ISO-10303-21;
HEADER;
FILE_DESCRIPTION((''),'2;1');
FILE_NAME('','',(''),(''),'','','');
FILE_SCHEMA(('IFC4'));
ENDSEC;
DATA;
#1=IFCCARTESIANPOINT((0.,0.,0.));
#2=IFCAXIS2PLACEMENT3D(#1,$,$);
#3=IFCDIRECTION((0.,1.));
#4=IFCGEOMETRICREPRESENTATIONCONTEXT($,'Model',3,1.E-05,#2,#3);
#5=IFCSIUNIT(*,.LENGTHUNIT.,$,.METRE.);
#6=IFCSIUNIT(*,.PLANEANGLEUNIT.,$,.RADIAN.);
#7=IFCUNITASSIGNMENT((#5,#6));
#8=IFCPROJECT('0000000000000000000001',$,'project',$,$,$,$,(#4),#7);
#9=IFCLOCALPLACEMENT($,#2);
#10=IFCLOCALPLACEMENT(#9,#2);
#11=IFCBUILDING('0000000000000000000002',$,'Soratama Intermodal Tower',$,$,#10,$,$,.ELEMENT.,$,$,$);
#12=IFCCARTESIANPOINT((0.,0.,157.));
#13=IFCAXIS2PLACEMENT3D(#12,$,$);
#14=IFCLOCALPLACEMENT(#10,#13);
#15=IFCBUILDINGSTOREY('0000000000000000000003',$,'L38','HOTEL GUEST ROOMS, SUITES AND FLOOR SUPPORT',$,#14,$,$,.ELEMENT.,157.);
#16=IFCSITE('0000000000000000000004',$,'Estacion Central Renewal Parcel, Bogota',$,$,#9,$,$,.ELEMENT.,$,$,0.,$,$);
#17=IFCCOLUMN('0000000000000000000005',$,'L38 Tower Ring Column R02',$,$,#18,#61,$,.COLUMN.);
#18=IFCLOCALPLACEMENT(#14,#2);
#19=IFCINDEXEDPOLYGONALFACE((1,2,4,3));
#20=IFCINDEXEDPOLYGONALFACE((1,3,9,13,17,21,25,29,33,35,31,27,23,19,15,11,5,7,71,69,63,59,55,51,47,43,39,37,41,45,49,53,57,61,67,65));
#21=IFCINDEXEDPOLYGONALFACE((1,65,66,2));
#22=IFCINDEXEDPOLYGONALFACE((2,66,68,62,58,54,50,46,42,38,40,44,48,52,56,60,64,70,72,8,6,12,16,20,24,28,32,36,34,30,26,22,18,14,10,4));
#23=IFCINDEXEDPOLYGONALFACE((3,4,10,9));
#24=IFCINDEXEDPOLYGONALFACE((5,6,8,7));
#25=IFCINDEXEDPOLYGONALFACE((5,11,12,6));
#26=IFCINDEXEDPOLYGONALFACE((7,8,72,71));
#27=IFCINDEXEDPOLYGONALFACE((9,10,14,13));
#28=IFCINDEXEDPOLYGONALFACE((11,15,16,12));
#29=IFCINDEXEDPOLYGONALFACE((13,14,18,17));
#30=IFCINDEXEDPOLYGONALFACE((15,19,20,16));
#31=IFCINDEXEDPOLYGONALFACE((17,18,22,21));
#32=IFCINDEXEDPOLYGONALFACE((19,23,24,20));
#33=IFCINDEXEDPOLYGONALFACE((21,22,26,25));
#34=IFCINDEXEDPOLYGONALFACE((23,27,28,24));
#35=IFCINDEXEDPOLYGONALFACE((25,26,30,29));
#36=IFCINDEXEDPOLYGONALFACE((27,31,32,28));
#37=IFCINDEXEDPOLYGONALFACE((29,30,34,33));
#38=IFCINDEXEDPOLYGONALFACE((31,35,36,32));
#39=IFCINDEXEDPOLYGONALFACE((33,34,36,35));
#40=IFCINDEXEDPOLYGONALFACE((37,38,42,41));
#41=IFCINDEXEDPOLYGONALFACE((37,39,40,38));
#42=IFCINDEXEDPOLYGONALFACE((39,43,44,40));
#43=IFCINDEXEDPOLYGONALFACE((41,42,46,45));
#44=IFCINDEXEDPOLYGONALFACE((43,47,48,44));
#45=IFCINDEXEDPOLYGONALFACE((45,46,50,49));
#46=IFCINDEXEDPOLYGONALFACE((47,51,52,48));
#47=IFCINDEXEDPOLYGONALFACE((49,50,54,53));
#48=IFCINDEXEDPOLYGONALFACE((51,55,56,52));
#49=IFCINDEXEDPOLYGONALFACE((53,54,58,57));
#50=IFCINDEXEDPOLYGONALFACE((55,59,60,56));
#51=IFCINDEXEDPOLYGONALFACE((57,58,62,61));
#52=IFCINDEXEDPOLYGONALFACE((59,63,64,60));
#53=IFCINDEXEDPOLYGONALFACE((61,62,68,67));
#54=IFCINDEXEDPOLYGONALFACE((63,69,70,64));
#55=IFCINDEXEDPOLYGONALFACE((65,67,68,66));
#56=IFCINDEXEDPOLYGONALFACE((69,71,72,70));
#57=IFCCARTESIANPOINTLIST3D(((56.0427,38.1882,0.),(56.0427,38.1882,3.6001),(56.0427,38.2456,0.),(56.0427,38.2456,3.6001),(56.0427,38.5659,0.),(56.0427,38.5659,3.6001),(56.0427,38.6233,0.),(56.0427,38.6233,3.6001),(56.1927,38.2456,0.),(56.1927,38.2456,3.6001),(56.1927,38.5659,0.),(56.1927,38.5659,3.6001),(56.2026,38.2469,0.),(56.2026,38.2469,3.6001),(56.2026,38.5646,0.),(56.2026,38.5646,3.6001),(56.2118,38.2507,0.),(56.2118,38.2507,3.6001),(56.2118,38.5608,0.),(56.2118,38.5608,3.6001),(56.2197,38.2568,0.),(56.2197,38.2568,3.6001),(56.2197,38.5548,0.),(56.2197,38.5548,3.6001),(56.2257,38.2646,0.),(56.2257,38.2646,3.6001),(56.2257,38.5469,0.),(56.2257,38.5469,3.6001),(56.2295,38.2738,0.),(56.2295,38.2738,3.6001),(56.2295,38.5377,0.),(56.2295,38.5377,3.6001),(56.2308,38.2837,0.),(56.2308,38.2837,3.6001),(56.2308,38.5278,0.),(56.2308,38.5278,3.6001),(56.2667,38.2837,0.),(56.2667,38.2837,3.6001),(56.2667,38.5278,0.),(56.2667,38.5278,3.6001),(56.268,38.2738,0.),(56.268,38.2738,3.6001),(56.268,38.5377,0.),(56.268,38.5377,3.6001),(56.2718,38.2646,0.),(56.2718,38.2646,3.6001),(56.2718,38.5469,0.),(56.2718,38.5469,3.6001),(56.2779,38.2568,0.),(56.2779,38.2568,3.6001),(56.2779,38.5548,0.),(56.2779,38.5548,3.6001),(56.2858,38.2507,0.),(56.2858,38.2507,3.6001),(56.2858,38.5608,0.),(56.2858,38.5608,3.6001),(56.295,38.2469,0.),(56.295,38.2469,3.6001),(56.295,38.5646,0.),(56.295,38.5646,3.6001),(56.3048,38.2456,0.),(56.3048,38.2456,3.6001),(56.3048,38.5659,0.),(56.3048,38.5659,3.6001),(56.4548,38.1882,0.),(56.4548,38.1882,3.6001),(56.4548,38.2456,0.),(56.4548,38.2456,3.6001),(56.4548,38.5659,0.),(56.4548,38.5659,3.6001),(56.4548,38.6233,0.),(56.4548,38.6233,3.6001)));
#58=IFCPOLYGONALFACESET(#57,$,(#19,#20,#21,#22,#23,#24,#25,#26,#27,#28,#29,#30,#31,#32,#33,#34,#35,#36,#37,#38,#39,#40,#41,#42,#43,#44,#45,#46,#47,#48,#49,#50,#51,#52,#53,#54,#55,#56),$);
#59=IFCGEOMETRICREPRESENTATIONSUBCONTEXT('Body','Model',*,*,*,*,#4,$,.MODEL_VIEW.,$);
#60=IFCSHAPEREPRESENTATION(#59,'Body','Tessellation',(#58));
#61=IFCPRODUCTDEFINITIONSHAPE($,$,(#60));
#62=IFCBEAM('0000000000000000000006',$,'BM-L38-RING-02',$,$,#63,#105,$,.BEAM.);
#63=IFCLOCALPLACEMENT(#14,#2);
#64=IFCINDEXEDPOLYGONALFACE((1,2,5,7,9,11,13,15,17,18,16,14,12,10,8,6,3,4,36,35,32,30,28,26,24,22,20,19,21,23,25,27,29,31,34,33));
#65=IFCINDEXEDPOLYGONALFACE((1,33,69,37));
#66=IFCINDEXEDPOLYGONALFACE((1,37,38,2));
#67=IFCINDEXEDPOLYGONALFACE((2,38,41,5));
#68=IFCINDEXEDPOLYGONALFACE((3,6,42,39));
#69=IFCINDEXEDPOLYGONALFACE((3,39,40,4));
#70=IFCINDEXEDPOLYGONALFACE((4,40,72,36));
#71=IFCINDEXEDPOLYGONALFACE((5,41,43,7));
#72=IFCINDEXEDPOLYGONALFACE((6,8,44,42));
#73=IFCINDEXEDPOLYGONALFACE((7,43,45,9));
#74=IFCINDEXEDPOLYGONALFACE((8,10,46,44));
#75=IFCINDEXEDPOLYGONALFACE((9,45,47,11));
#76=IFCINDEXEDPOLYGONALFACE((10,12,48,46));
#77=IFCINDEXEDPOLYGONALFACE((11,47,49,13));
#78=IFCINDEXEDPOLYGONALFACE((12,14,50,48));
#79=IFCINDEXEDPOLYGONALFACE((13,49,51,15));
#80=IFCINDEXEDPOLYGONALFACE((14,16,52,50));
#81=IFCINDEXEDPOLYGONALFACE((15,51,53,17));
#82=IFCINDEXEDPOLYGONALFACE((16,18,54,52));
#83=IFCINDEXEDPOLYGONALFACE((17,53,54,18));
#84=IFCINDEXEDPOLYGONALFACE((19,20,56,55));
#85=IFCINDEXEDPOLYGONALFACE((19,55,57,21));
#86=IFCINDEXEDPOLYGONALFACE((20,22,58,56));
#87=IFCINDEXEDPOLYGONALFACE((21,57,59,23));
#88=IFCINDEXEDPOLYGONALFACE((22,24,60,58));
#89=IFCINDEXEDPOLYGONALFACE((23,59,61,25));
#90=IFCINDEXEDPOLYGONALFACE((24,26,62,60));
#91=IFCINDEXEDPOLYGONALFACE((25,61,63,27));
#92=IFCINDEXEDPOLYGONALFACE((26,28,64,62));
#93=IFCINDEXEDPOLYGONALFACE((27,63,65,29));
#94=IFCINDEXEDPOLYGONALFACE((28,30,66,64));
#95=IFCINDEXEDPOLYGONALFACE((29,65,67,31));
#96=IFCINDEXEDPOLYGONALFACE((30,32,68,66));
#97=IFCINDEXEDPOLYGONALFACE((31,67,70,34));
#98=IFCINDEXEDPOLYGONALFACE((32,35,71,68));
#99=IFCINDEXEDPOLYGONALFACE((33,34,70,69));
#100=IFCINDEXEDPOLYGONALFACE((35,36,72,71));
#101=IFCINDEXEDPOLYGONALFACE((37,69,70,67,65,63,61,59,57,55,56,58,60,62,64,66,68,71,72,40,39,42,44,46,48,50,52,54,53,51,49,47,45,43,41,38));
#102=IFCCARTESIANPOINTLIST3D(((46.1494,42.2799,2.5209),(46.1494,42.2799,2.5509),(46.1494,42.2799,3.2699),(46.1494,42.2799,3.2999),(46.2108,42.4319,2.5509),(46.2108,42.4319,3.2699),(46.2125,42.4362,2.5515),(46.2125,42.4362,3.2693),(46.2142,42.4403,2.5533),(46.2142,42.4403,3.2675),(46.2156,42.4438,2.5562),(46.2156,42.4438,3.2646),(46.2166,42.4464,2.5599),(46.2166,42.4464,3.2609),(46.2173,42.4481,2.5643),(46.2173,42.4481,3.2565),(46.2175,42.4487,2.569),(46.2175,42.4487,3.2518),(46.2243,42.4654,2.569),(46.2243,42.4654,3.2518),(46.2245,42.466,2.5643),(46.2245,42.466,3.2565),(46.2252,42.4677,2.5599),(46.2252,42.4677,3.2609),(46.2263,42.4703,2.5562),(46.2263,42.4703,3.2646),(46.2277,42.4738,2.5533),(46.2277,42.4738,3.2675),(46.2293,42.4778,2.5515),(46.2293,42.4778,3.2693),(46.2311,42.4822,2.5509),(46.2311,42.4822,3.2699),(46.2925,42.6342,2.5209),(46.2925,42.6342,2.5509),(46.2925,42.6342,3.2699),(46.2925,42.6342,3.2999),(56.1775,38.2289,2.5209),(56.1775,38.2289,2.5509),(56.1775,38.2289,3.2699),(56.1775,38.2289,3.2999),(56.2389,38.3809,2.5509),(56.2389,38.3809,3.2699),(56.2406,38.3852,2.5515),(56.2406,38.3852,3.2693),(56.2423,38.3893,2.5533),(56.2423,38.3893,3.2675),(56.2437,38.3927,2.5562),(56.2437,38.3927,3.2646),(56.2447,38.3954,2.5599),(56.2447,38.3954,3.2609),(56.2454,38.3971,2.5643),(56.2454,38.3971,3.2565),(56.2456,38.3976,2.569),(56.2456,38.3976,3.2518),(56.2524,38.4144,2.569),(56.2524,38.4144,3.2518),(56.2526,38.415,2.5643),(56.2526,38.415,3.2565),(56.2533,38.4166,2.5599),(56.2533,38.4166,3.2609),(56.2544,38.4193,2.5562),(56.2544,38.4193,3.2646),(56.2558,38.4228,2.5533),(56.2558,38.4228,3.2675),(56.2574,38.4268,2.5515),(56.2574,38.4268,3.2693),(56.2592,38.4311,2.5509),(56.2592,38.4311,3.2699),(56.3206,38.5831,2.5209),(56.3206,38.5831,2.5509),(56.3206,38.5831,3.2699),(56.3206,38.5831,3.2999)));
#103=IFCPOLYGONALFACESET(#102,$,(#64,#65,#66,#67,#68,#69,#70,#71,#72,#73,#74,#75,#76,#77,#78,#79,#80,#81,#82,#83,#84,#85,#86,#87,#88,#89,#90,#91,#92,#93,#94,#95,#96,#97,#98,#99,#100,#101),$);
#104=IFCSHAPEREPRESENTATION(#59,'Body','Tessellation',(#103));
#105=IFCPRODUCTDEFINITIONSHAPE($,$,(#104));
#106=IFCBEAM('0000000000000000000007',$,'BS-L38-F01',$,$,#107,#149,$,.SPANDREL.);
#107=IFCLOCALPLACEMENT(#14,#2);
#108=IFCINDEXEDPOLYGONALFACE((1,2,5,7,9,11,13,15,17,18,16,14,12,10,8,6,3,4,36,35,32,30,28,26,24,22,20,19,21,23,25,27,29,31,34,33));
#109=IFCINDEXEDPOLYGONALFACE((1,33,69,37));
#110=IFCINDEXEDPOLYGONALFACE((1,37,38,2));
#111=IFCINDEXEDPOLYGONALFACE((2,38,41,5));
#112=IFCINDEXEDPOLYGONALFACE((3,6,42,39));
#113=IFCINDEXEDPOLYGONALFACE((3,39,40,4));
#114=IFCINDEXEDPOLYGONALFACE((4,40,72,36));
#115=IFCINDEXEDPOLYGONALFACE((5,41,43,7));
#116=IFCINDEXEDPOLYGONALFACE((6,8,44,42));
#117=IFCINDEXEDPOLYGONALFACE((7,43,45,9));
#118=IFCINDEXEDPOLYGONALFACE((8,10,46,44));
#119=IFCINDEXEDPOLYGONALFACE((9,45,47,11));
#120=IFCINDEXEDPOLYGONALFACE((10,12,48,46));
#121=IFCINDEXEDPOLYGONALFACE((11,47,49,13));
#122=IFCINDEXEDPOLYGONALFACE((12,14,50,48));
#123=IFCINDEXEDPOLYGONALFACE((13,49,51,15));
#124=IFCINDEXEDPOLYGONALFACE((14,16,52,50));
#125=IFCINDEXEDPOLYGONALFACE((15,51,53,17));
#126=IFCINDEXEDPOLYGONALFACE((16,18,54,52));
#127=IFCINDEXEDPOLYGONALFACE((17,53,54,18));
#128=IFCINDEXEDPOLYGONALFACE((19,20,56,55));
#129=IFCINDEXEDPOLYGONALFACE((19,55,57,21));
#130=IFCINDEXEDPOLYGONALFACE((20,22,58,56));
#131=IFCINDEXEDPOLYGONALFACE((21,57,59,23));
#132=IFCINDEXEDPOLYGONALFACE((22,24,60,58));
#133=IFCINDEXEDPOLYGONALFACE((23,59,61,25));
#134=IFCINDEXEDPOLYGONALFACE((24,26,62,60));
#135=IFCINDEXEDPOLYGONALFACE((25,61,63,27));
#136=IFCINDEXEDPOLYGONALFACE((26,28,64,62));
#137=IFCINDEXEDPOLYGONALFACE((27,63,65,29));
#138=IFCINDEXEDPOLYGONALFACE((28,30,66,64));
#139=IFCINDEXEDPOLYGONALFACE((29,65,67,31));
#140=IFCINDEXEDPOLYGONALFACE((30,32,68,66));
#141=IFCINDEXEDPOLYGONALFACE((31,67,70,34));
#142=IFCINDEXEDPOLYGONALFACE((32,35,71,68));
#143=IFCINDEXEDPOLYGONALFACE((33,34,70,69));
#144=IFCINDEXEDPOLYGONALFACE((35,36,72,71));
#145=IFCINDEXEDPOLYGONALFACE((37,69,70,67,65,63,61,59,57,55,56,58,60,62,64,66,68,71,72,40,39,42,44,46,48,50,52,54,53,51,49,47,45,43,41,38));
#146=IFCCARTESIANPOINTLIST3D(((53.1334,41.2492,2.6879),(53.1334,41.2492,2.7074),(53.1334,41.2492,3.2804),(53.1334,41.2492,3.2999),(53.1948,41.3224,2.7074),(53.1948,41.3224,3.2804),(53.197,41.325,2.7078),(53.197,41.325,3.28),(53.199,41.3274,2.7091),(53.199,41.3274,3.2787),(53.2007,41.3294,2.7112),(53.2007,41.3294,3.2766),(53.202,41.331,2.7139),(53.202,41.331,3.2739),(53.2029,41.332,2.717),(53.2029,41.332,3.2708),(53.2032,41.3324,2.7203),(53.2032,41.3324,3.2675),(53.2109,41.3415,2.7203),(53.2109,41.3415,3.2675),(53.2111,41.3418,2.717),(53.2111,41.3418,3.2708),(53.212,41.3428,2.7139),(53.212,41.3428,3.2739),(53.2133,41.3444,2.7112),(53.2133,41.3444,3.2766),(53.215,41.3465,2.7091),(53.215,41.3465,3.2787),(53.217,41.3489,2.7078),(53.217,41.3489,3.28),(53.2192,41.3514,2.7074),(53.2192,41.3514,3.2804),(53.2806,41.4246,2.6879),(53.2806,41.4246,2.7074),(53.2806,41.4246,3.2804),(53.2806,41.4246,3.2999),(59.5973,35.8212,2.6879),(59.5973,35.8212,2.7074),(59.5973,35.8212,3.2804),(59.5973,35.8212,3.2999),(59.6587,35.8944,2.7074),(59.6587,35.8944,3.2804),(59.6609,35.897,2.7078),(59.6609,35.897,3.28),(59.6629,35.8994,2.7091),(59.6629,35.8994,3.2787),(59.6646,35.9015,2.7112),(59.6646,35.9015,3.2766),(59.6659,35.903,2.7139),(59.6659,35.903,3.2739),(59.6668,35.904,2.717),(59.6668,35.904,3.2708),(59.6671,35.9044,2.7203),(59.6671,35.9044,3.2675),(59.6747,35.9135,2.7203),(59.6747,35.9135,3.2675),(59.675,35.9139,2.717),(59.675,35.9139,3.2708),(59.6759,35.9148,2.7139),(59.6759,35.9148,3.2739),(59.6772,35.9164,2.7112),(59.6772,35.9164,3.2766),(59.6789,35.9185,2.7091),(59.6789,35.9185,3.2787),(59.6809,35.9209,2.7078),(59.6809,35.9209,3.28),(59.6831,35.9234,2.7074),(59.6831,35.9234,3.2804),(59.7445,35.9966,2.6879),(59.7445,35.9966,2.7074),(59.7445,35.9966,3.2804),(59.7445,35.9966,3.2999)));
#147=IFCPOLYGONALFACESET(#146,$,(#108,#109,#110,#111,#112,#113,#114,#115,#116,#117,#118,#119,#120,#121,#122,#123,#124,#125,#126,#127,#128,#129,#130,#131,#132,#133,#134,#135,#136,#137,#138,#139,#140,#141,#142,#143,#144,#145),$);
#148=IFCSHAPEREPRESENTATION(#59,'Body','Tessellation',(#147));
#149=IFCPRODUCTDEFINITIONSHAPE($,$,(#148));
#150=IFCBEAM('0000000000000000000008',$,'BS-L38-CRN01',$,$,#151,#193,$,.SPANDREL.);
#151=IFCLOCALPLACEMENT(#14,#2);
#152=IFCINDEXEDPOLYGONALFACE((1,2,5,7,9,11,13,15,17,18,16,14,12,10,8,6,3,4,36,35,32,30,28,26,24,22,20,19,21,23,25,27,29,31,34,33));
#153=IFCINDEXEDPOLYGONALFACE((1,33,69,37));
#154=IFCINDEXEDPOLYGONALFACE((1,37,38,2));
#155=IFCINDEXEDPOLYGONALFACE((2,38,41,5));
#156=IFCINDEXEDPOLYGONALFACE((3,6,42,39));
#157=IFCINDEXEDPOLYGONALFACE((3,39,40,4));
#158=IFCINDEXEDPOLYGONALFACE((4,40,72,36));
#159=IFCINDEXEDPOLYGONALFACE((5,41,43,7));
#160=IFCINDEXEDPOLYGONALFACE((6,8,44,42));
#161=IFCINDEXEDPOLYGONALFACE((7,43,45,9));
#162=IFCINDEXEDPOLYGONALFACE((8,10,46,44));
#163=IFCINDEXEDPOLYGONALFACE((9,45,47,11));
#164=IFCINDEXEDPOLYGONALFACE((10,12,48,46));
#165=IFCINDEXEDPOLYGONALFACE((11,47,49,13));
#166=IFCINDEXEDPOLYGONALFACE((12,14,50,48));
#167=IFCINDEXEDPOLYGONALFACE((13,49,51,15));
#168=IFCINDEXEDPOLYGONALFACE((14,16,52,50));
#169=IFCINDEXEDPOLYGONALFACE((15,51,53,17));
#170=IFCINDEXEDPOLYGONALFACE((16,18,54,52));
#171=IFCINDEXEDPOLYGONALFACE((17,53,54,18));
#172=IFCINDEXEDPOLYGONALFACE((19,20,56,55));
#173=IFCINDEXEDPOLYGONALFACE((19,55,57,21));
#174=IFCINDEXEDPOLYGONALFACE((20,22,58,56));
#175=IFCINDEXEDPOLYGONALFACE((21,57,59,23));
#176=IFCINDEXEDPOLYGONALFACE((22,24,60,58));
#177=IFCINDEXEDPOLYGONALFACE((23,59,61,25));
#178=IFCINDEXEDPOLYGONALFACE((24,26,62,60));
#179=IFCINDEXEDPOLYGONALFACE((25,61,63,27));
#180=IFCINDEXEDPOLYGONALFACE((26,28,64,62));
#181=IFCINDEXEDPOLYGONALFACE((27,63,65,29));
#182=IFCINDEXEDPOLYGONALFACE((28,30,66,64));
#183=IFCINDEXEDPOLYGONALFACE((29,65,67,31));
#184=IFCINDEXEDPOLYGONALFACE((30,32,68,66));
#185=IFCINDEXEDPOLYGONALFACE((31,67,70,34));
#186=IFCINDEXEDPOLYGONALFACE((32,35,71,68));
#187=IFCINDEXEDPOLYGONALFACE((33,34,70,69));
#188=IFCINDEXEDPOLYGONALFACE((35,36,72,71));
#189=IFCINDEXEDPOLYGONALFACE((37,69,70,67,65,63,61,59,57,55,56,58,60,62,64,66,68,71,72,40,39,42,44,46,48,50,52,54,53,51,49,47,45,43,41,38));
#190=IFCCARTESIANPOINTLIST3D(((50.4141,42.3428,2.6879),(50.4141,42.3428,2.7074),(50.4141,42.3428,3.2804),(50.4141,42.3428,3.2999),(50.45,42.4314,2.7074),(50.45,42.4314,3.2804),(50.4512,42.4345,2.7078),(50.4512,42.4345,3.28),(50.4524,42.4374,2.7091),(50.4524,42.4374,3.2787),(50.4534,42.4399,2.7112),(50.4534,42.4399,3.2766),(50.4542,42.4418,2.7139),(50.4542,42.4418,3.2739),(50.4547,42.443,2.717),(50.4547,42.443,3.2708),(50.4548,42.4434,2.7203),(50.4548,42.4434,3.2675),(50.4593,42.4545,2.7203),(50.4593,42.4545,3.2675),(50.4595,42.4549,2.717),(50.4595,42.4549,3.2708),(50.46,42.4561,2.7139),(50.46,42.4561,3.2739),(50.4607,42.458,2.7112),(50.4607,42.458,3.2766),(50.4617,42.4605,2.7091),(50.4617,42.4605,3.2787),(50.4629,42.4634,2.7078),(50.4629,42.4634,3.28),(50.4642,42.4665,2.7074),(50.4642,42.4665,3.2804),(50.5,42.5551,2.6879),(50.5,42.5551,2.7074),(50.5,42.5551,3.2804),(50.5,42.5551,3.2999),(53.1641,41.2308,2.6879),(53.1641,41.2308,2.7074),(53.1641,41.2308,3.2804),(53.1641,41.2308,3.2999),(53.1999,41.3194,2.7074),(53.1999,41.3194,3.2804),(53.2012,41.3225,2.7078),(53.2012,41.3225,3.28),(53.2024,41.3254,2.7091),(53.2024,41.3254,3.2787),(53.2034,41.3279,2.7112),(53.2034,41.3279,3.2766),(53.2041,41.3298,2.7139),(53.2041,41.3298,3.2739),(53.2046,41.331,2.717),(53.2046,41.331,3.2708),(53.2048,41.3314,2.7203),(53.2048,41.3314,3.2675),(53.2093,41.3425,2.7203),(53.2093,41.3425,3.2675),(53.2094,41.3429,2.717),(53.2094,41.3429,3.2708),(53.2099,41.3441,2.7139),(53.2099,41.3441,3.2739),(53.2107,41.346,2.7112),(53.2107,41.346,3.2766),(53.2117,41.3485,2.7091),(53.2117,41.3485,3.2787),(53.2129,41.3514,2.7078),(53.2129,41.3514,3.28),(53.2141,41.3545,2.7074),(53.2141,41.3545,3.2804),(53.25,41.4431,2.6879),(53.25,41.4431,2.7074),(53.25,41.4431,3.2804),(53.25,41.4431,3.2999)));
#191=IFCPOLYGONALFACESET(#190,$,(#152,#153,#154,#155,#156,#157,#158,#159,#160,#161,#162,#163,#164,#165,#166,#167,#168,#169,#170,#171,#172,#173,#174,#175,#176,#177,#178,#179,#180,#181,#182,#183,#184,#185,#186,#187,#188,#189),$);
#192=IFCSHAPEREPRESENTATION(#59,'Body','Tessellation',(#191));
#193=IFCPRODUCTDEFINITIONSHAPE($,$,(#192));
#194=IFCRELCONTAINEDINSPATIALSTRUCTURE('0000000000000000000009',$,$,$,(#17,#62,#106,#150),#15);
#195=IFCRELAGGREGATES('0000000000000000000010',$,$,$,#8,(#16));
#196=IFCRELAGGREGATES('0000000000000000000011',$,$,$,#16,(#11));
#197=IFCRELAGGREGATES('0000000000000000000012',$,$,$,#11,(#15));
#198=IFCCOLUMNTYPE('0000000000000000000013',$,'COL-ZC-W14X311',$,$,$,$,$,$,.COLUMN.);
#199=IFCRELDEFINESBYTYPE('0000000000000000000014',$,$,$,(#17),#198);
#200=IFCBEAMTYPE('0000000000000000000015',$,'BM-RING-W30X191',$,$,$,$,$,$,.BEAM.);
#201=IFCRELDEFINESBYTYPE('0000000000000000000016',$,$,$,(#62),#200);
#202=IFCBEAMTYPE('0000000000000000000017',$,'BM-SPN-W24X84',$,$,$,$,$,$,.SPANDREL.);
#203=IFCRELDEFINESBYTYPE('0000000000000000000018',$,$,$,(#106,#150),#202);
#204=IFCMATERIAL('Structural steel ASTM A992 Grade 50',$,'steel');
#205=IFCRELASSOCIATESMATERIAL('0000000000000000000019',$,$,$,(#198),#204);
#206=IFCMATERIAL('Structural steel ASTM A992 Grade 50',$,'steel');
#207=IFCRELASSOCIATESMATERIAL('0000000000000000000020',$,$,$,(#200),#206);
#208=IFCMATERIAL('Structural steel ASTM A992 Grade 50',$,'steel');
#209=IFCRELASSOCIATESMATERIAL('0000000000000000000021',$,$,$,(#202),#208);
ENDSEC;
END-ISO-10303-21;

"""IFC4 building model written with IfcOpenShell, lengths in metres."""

from ifc_helpers import new_model, si_unit, direction, frame, origin, origin_2d, place, context, subcontext, project, spatial, i_section, extrude, material, material_profile, profile_set, type_object, element, save


model = new_model("IFC4")

# Units and contexts
model_context = context("Model", 3, precision=1e-05, world=origin(), true_north=direction((0.0, 1.0)))
body_context = subcontext(model_context, "Body", "Model", "MODEL_VIEW")
ifc_project = project(units=[si_unit("LENGTHUNIT", "METRE"), si_unit("PLANEANGLEUNIT", "RADIAN")], contexts=[model_context])

# Site, building, storey
site_placement = place(None, origin())
site = spatial("IfcSite", under=ifc_project, at=site_placement, Name="Estacion Central Renewal Parcel, Bogota", CompositionType="ELEMENT", RefElevation=0.0)
building_placement = place(site_placement, origin())
building = spatial("IfcBuilding", under=site, at=building_placement, Name="Soratama Intermodal Tower", CompositionType="ELEMENT")
storey_placement = place(building_placement, frame((0.0, 0.0, 157.0)))
storey = spatial("IfcBuildingStorey", under=building, at=storey_placement, Name="L38", Description="HOTEL GUEST ROOMS, SUITES AND FLOOR SUPPORT", CompositionType="ELEMENT", Elevation=157.0)

# Column
ifc_material_1 = material(Name="Structural steel ASTM A992 Grade 50", Category="steel")
ifc_material_profile_1 = material_profile(ifc_material_1, i_section(OverallWidth=0.4121, OverallDepth=0.4351, WebThickness=0.0359, FlangeThickness=0.0574, FilletRadius=0.0381, at=origin_2d()), Name="W14X311")
ifc_profile_set_1 = profile_set([ifc_material_profile_1], Name="Structural steel ASTM A992 Grade 50")
column_type = type_object("IfcColumnType", Name="COL-ZC-W14X311", PredefinedType="COLUMN", material=ifc_profile_set_1)
column_placement = place(storey_placement, frame((56.2488, 38.4058, 0.0), z_axis=(0.0, 0.0, 1.0), x_axis=(1.0, 0.0, 0.0)))
element("IfcColumn", 1, at=column_placement, inside=storey, type_object=column_type, Name="L38 Tower Ring Column R02", PredefinedType="COLUMN", context=body_context, shape_type="SweptSolid", body=[
    extrude(i_section(OverallWidth=0.4121, OverallDepth=0.4351, WebThickness=0.0359, FlangeThickness=0.0574, FilletRadius=0.0381, at=origin_2d()), origin(), (0.0, 0.0, 1.0), 3.6001),
])

# Beams
ifc_material_2 = material(Name="Structural steel ASTM A992 Grade 50", Category="steel")
ifc_material_profile_2 = material_profile(ifc_material_2, i_section(OverallWidth=0.3821, OverallDepth=0.7791, WebThickness=0.0181, FlangeThickness=0.03, FilletRadius=0.0181, at=origin_2d()), Name="W30X191")
ifc_profile_set_2 = profile_set([ifc_material_profile_2], Name="Structural steel ASTM A992 Grade 50")
beam_type_1 = type_object("IfcBeamType", Name="BM-RING-W30X191", PredefinedType="BEAM", material=ifc_profile_set_2)
beam_1_placement = place(storey_placement, frame((56.249, 38.406, 2.9104), z_axis=(-0.927202, 0.37456, 0.0), x_axis=(-0.37456, -0.927202, 0.0)))
element("IfcBeam", 2, at=beam_1_placement, inside=storey, type_object=beam_type_1, Name="BM-L38-RING-02", PredefinedType="BEAM", context=body_context, shape_type="SweptSolid", body=[
    extrude(i_section(OverallWidth=0.3821, OverallDepth=0.7791, WebThickness=0.0181, FlangeThickness=0.03, FilletRadius=0.0181, at=origin_2d()), origin(), (0.0, 0.0, 1.0), 10.8154),
])
ifc_material_3 = material(Name="Structural steel ASTM A992 Grade 50", Category="steel")
ifc_material_profile_3 = material_profile(ifc_material_3, i_section(OverallWidth=0.229, OverallDepth=0.6121, WebThickness=0.012, FlangeThickness=0.0195, FilletRadius=0.0129, at=origin_2d()), Name="W24X84")
ifc_profile_set_3 = profile_set([ifc_material_profile_3], Name="Structural steel ASTM A992 Grade 50")
beam_type_2 = type_object("IfcBeamType", Name="BM-SPN-W24X84", PredefinedType="SPANDREL", material=ifc_profile_set_3)
beam_2_placement = place(storey_placement, frame((59.6709, 35.9089, 2.9939), z_axis=(-0.765802, 0.643076, 0.0), x_axis=(-0.643076, -0.765802, 0.0)))
element("IfcBeam", 3, at=beam_2_placement, inside=storey, type_object=beam_type_2, Name="BS-L38-F01", PredefinedType="SPANDREL", context=body_context, shape_type="SweptSolid", body=[
    extrude(i_section(OverallWidth=0.229, OverallDepth=0.6121, WebThickness=0.012, FlangeThickness=0.0195, FilletRadius=0.0129, at=origin_2d()), origin(), (0.0, 0.0, 1.0), 8.4407),
])
beam_3_placement = place(storey_placement, frame((53.207, 41.3369, 2.9939), z_axis=(-0.927068, 0.374893, 0.0), x_axis=(-0.374893, -0.927068, 0.0)))
element("IfcBeam", 4, at=beam_3_placement, inside=storey, type_object=beam_type_2, Name="BS-L38-CRN01", PredefinedType="SPANDREL", context=body_context, shape_type="SweptSolid", body=[
    extrude(i_section(OverallWidth=0.229, OverallDepth=0.6121, WebThickness=0.012, FlangeThickness=0.0195, FilletRadius=0.0129, at=origin_2d()), origin(), (0.0, 0.0, 1.0), 2.9663),
])

save(model, "model.ifc")
